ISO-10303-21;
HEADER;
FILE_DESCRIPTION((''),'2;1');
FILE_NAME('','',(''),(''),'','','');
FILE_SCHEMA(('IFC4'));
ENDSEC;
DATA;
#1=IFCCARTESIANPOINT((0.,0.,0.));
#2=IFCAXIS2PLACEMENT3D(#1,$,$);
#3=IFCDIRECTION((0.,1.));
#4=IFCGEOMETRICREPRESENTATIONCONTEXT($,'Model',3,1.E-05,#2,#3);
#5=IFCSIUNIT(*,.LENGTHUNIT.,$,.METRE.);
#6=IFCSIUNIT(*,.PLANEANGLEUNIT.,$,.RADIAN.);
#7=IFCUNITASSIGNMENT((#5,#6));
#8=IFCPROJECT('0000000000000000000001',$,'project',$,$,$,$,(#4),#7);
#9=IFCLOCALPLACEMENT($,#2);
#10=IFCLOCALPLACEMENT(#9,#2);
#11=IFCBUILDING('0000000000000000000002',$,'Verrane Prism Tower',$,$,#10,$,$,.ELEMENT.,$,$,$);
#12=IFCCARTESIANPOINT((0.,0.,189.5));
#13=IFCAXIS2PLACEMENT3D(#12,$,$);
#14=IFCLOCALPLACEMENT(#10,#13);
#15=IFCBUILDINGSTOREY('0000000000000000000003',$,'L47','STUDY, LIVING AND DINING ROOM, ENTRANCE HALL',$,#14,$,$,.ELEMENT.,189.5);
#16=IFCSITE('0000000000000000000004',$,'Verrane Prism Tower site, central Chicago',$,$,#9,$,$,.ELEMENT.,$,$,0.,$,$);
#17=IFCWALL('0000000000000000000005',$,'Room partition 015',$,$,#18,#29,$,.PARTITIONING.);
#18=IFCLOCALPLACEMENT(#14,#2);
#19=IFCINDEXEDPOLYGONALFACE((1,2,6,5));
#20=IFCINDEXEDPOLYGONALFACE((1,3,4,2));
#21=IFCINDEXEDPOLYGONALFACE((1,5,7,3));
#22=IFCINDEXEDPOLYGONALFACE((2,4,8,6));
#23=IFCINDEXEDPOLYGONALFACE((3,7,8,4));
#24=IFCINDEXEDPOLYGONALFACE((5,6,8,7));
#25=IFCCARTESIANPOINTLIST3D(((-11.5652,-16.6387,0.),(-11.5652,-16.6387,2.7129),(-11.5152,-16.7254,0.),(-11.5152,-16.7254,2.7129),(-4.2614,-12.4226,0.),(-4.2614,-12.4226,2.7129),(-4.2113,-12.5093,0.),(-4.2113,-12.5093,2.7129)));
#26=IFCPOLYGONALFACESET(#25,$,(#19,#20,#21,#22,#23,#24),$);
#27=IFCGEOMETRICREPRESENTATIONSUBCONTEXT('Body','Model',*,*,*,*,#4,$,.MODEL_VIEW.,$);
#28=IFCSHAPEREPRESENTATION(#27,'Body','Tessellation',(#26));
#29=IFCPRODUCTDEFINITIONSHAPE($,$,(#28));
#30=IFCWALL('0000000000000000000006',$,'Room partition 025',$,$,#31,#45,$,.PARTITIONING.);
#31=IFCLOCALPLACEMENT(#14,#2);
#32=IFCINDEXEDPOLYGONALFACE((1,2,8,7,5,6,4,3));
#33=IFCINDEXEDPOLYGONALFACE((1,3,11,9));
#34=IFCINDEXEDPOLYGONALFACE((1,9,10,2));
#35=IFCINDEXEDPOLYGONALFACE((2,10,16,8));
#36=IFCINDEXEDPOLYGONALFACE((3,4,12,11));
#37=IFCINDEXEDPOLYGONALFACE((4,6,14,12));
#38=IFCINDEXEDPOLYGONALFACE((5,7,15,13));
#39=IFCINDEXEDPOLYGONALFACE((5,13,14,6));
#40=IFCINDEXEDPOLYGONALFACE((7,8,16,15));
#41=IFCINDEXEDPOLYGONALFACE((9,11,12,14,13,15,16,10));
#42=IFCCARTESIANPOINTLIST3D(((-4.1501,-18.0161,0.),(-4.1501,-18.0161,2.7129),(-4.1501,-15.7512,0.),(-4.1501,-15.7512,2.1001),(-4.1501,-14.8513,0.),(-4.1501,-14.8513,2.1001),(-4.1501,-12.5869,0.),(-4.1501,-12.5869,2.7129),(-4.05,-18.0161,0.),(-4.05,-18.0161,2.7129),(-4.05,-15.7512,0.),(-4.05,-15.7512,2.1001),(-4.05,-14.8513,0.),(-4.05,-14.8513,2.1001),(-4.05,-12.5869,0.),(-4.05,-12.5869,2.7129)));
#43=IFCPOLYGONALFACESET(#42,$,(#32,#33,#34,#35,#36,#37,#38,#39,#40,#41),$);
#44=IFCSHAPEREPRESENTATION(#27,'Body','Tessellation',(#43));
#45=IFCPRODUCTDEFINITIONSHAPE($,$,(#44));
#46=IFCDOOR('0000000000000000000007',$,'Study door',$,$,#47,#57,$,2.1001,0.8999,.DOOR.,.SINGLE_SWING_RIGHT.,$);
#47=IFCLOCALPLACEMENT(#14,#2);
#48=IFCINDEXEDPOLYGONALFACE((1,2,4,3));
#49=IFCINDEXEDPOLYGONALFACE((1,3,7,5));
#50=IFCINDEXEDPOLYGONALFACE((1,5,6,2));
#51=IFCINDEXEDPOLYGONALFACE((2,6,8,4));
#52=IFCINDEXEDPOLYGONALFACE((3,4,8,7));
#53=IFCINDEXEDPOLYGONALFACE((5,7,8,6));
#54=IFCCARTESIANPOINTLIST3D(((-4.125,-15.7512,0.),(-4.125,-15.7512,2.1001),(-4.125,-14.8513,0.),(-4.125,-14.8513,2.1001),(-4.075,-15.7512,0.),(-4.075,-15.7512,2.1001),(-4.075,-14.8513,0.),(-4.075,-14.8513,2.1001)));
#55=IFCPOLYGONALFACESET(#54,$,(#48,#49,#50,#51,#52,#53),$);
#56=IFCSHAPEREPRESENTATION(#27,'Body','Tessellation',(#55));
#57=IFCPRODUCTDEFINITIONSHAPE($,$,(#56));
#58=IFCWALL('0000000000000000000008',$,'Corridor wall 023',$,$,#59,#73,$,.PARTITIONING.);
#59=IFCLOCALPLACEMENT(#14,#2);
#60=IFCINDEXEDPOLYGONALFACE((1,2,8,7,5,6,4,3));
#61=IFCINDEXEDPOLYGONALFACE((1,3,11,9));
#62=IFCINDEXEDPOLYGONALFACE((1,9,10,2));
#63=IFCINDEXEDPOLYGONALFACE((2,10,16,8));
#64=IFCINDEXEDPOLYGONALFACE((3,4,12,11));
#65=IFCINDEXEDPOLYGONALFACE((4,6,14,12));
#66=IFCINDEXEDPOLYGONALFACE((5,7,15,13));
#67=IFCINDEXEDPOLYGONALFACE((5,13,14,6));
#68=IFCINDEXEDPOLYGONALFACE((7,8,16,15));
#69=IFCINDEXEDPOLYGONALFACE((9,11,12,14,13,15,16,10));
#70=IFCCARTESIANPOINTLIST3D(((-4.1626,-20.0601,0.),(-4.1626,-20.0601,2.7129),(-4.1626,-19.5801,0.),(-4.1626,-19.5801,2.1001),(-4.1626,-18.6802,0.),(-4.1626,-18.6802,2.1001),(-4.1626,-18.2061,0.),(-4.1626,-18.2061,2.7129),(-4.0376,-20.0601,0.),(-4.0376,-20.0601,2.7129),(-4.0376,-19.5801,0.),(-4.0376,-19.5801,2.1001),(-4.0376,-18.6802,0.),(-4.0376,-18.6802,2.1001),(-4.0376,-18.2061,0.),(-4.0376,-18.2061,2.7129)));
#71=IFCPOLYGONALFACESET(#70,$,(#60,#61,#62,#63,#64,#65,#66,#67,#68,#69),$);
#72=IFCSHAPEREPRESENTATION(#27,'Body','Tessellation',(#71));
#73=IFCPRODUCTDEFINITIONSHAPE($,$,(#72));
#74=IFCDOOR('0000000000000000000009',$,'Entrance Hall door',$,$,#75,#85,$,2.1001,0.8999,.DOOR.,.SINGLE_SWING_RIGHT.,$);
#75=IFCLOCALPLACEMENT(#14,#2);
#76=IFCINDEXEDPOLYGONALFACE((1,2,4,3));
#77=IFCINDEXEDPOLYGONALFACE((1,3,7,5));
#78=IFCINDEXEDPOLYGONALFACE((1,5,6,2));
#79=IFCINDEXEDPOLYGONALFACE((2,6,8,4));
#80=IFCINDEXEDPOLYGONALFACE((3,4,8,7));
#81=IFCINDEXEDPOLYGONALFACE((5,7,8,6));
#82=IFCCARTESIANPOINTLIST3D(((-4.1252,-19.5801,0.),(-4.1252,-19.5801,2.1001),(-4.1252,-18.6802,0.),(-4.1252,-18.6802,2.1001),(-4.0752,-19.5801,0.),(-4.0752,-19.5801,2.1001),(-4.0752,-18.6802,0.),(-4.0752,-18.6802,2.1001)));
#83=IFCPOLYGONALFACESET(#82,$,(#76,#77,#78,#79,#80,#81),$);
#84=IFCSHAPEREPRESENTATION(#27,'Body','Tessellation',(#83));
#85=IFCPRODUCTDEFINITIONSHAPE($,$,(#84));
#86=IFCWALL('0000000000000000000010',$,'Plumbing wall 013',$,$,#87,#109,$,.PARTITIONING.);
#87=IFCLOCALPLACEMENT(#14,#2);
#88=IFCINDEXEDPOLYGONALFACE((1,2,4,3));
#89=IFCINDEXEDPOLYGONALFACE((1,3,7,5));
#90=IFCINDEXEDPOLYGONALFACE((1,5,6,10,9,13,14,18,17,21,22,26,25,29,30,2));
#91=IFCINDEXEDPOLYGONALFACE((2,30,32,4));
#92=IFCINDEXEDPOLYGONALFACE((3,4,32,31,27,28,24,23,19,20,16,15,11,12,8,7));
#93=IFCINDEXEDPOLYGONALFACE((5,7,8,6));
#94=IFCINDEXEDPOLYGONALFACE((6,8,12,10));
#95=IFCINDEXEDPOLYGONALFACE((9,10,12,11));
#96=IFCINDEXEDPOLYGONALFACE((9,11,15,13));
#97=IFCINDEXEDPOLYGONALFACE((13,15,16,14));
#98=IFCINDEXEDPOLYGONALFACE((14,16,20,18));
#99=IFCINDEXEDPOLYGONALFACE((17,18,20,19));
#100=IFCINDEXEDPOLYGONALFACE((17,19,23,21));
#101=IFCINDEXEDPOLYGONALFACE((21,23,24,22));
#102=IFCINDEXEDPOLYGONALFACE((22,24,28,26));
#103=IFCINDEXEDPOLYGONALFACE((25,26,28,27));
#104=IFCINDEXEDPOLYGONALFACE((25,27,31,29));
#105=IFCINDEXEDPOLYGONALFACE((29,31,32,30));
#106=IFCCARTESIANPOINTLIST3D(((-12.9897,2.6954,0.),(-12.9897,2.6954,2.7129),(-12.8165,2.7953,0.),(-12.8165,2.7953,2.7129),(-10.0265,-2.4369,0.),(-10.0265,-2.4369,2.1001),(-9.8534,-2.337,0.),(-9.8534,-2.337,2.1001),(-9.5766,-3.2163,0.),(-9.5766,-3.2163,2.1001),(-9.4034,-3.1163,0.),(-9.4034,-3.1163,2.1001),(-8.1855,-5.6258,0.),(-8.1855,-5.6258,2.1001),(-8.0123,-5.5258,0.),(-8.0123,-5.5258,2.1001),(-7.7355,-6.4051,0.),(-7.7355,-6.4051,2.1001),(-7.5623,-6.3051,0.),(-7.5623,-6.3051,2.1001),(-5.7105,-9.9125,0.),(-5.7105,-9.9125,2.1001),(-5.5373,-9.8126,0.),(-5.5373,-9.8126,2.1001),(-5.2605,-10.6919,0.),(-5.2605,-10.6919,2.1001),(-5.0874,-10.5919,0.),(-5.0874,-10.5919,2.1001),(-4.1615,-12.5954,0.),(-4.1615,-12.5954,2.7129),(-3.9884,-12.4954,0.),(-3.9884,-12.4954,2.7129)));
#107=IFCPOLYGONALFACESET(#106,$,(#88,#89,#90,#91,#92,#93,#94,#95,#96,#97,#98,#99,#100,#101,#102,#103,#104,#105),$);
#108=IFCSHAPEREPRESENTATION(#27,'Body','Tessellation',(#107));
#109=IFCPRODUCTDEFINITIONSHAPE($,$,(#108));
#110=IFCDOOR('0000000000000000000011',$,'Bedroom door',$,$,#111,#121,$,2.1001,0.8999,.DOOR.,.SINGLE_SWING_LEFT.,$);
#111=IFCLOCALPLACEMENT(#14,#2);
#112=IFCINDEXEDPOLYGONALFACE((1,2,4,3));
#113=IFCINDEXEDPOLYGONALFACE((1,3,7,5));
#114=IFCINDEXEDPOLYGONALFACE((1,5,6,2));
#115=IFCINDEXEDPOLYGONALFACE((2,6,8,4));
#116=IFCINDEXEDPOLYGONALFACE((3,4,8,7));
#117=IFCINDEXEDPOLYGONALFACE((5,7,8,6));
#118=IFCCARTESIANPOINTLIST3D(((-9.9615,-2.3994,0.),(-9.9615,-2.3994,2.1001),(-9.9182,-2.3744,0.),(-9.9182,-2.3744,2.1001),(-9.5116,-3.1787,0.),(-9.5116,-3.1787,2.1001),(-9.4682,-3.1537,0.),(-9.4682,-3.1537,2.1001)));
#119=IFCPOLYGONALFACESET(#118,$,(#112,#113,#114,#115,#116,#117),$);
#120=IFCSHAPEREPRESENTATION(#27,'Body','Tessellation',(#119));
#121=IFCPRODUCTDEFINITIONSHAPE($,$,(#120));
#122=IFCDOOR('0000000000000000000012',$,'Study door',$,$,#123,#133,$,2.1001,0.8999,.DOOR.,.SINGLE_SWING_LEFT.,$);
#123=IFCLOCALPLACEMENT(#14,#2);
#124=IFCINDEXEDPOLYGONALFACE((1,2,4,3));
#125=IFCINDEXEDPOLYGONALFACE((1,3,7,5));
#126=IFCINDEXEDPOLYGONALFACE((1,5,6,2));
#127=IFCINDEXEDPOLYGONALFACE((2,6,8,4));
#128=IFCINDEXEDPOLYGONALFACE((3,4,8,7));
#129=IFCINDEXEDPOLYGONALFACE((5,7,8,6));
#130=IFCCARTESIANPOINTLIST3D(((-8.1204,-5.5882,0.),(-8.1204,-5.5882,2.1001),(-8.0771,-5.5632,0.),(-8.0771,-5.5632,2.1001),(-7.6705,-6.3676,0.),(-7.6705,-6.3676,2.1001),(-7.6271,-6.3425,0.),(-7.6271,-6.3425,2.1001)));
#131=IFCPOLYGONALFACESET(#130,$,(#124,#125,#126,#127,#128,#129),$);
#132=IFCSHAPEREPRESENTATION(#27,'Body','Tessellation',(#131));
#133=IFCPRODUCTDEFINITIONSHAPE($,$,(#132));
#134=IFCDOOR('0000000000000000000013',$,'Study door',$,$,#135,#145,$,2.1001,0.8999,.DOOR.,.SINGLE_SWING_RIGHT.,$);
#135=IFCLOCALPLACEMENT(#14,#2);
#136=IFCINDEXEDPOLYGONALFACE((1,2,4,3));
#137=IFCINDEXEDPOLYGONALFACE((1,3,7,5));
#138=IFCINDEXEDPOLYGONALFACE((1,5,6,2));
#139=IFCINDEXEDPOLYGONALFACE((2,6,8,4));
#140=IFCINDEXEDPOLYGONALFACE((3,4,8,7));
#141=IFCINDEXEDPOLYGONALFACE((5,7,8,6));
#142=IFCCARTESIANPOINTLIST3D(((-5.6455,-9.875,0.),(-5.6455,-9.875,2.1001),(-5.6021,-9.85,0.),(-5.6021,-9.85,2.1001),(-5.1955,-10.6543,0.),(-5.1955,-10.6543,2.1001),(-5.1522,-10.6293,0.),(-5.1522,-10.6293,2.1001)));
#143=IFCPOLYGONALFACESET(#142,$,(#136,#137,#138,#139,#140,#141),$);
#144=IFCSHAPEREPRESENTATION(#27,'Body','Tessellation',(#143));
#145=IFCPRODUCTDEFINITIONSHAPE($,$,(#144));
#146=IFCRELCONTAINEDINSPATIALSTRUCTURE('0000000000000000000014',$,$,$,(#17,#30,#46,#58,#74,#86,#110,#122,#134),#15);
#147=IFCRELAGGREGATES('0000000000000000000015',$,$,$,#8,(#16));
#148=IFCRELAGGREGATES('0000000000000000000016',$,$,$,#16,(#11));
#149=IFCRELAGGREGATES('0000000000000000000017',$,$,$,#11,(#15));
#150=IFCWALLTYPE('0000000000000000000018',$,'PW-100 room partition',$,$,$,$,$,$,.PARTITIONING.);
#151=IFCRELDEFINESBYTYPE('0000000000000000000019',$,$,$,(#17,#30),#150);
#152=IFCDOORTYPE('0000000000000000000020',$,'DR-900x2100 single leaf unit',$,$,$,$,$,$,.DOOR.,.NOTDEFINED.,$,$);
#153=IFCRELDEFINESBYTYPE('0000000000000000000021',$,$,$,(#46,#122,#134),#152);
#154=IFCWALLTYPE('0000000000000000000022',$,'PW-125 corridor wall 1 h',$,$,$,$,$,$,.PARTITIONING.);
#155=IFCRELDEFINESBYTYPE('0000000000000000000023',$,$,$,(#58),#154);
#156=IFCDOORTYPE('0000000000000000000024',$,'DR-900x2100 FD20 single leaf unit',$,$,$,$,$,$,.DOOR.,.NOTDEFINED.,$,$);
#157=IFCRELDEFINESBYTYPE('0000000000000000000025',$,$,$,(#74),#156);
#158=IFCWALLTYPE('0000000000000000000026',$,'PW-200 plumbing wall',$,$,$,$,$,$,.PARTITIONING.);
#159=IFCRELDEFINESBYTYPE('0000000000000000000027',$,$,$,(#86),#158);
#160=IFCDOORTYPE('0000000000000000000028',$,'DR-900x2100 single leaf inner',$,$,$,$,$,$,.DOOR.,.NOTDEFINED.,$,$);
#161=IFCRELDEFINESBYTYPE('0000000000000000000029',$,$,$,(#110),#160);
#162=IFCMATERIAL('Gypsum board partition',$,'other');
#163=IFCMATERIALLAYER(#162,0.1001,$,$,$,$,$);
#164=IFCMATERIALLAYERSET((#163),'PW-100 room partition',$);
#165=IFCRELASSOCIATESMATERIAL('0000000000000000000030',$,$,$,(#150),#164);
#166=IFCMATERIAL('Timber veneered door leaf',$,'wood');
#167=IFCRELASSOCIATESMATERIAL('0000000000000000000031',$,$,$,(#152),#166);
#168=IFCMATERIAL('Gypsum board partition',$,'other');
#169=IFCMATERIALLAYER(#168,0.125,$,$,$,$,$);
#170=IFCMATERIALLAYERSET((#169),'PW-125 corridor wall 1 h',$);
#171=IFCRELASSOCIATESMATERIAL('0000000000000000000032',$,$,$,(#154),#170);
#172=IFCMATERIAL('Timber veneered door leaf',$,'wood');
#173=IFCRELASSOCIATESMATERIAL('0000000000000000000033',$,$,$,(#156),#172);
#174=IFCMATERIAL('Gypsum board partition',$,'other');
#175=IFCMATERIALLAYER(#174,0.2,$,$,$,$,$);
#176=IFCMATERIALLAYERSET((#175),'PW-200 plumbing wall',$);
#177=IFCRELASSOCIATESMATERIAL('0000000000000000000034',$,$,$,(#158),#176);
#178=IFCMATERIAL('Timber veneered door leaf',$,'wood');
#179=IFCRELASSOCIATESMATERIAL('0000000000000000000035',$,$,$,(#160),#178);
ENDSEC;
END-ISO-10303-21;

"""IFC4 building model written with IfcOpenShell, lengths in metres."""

from ifc_helpers import new_model, si_unit, direction, frame, frame_2d, origin, place, context, subcontext, project, spatial, rectangle, extrude, material, layer, layer_set, type_object, element, fill, save


model = new_model("IFC4")

# Units and contexts
model_context = context("Model", 3, precision=1e-05, world=origin(), true_north=direction((0.0, 1.0)))
body_context = subcontext(model_context, "Body", "Model", "MODEL_VIEW")
ifc_project = project(units=[si_unit("LENGTHUNIT", "METRE"), si_unit("PLANEANGLEUNIT", "RADIAN")], contexts=[model_context])

# Site, building, storey
site_placement = place(None, origin())
site = spatial("IfcSite", under=ifc_project, at=site_placement, Name="Verrane Prism Tower site, central Chicago", CompositionType="ELEMENT", RefElevation=0.0)
building_placement = place(site_placement, origin())
building = spatial("IfcBuilding", under=site, at=building_placement, Name="Verrane Prism Tower", CompositionType="ELEMENT")
storey_placement = place(building_placement, frame((0.0, 0.0, 189.5)))
storey = spatial("IfcBuildingStorey", under=building, at=storey_placement, Name="L47", Description="STUDY, LIVING AND DINING ROOM, ENTRANCE HALL", CompositionType="ELEMENT", Elevation=189.5)

# Wall
ifc_material_1 = material(Name="Gypsum board partition", Category="other")
ifc_layer_1 = layer(ifc_material_1, 0.1001)
ifc_layer_set_1 = layer_set([ifc_layer_1], Name="PW-100 room partition")
wall_type_1 = type_object("IfcWallType", Name="PW-100 room partition", PredefinedType="PARTITIONING", material=ifc_layer_set_1)
wall_1_placement = place(storey_placement, frame((-11.5403, -16.6821, 0.0), z_axis=(0.0, 0.0, 1.0), x_axis=(0.866063, 0.499935, 0.0)))
element("IfcWall", 1, at=wall_1_placement, inside=storey, type_object=wall_type_1, Name="Room partition 015", PredefinedType="PARTITIONING", context=body_context, shape_type="SweptSolid", body=[
    extrude(rectangle(XDim=8.4333, YDim=0.1001, at=frame_2d((4.2168, 0.0))), origin(), (0.0, 0.0, 1.0), 2.7129),
])

# Walls, openings, doors
wall_2_placement = place(storey_placement, frame((-4.1001, -18.0161, 0.0), z_axis=(0.0, 0.0, 1.0), x_axis=(0.0, 1.0, 0.0)))
wall_2 = element("IfcWall", 2, at=wall_2_placement, inside=storey, type_object=wall_type_1, Name="Room partition 025", PredefinedType="PARTITIONING", context=body_context, shape_type="SweptSolid", body=[
    extrude(rectangle(XDim=5.4292, YDim=0.1001, at=frame_2d((2.7146, 0.0))), origin(), (0.0, 0.0, 1.0), 2.7129),
])
opening_1_placement = place(wall_2_placement, frame((2.2649, 0.0, 0.0)))
opening_1 = element("IfcOpeningElement", 3, at=opening_1_placement, cuts=wall_2, PredefinedType="OPENING", context=body_context, shape_type="SweptSolid", body=[
    extrude(rectangle(XDim=0.8999, YDim=2.1001, at=frame_2d((0.45, 1.05))), frame((0.0, 0.0601, 0.0), z_axis=(0.0, -1.0, 0.0), x_axis=(1.0, 0.0, 0.0)), (0.0, 0.0, 1.0), 0.1201),
])
ifc_material_2 = material(Name="Timber veneered door leaf", Category="wood")
door_type_1 = type_object("IfcDoorType", Name="DR-900x2100 single leaf unit", OperationType="NOTDEFINED", PredefinedType="DOOR", material=ifc_material_2)
door_1_placement = place(opening_1_placement, origin())
door_1 = element("IfcDoor", 4, at=door_1_placement, inside=storey, type_object=door_type_1, Name="Study door", OperationType="SINGLE_SWING_RIGHT", OverallHeight=2.1001, OverallWidth=0.8999, PredefinedType="DOOR", context=body_context, shape_type="SweptSolid", body=[
    extrude(rectangle(XDim=0.8999, YDim=2.1001, at=frame_2d((0.45, 1.05))), frame((0.0, 0.0249, 0.0), z_axis=(0.0, -1.0, 0.0), x_axis=(1.0, 0.0, 0.0)), (0.0, 0.0, 1.0), 0.05),
])
fill(opening_1, door_1)
ifc_material_3 = material(Name="Gypsum board partition", Category="other")
ifc_layer_2 = layer(ifc_material_3, 0.125)
ifc_layer_set_2 = layer_set([ifc_layer_2], Name="PW-125 corridor wall 1 h")
wall_type_2 = type_object("IfcWallType", Name="PW-125 corridor wall 1 h", PredefinedType="PARTITIONING", material=ifc_layer_set_2)
wall_3_placement = place(storey_placement, frame((-4.1001, -18.2061, 0.0), z_axis=(0.0, 0.0, 1.0), x_axis=(0.0, -1.0, 0.0)))
wall_3 = element("IfcWall", 5, at=wall_3_placement, inside=storey, type_object=wall_type_2, Name="Corridor wall 023", PredefinedType="PARTITIONING", context=body_context, shape_type="SweptSolid", body=[
    extrude(rectangle(XDim=1.854, YDim=0.125, at=frame_2d((0.927, 0.0))), origin(), (0.0, 0.0, 1.0), 2.7129),
])
opening_2_placement = place(wall_3_placement, frame((0.4741, 0.0, 0.0)))
opening_2 = element("IfcOpeningElement", 6, at=opening_2_placement, cuts=wall_3, PredefinedType="OPENING", context=body_context, shape_type="SweptSolid", body=[
    extrude(rectangle(XDim=0.8999, YDim=2.1001, at=frame_2d((0.45, 1.05))), frame((0.0, 0.0725, 0.0), z_axis=(0.0, -1.0, 0.0), x_axis=(1.0, 0.0, 0.0)), (0.0, 0.0, 1.0), 0.145),
])
ifc_material_4 = material(Name="Timber veneered door leaf", Category="wood")
door_type_2 = type_object("IfcDoorType", Name="DR-900x2100 FD20 single leaf unit", OperationType="NOTDEFINED", PredefinedType="DOOR", material=ifc_material_4)
door_2_placement = place(opening_2_placement, origin())
door_2 = element("IfcDoor", 7, at=door_2_placement, inside=storey, type_object=door_type_2, Name="Entrance Hall door", OperationType="SINGLE_SWING_RIGHT", OverallHeight=2.1001, OverallWidth=0.8999, PredefinedType="DOOR", context=body_context, shape_type="SweptSolid", body=[
    extrude(rectangle(XDim=0.8999, YDim=2.1001, at=frame_2d((0.45, 1.05))), frame((0.0, 0.0249, 0.0), z_axis=(0.0, -1.0, 0.0), x_axis=(1.0, 0.0, 0.0)), (0.0, 0.0, 1.0), 0.05),
])
fill(opening_2, door_2)

# Wall, openings, doors
ifc_material_5 = material(Name="Gypsum board partition", Category="other")
ifc_layer_3 = layer(ifc_material_5, 0.2)
ifc_layer_set_3 = layer_set([ifc_layer_3], Name="PW-200 plumbing wall")
wall_type_3 = type_object("IfcWallType", Name="PW-200 plumbing wall", PredefinedType="PARTITIONING", material=ifc_layer_set_3)
wall_4_placement = place(storey_placement, frame((-4.075, -12.5454, 0.0), z_axis=(0.0, 0.0, 1.0), x_axis=(-0.5, 0.866026, 0.0)))
wall_4 = element("IfcWall", 8, at=wall_4_placement, inside=storey, type_object=wall_type_3, Name="Plumbing wall 013", PredefinedType="PARTITIONING", context=body_context, shape_type="SweptSolid", body=[
    extrude(rectangle(XDim=17.6562, YDim=0.2, at=frame_2d((8.8281, 0.0))), origin(), (0.0, 0.0, 1.0), 2.7129),
])
opening_3_placement = place(wall_4_placement, frame((10.8301, 0.0, 0.0)))
opening_3 = element("IfcOpeningElement", 9, at=opening_3_placement, cuts=wall_4, PredefinedType="OPENING", context=body_context, shape_type="SweptSolid", body=[
    extrude(rectangle(XDim=0.8999, YDim=2.1001, at=frame_2d((0.45, 1.05))), frame((0.0, 0.1099, 0.0), z_axis=(0.0, -1.0, 0.0), x_axis=(1.0, 0.0, 0.0)), (0.0, 0.0, 1.0), 0.22),
])
opening_4_placement = place(wall_4_placement, frame((7.1479, 0.0, 0.0)))
opening_4 = element("IfcOpeningElement", 10, at=opening_4_placement, cuts=wall_4, PredefinedType="OPENING", context=body_context, shape_type="SweptSolid", body=[
    extrude(rectangle(XDim=0.8999, YDim=2.1001, at=frame_2d((0.45, 1.05))), frame((0.0, 0.1099, 0.0), z_axis=(0.0, -1.0, 0.0), x_axis=(1.0, 0.0, 0.0)), (0.0, 0.0, 1.0), 0.22),
])
opening_5_placement = place(wall_4_placement, frame((2.198, 0.0, 0.0)))
opening_5 = element("IfcOpeningElement", 11, at=opening_5_placement, cuts=wall_4, PredefinedType="OPENING", context=body_context, shape_type="SweptSolid", body=[
    extrude(rectangle(XDim=0.8999, YDim=2.1001, at=frame_2d((0.45, 1.05))), frame((0.0, 0.1099, 0.0), z_axis=(0.0, -1.0, 0.0), x_axis=(1.0, 0.0, 0.0)), (0.0, 0.0, 1.0), 0.22),
])
ifc_material_6 = material(Name="Timber veneered door leaf", Category="wood")
door_type_3 = type_object("IfcDoorType", Name="DR-900x2100 single leaf inner", OperationType="NOTDEFINED", PredefinedType="DOOR", material=ifc_material_6)
door_3_placement = place(opening_3_placement, origin())
door_3 = element("IfcDoor", 12, at=door_3_placement, inside=storey, type_object=door_type_3, Name="Bedroom door", OperationType="SINGLE_SWING_LEFT", OverallHeight=2.1001, OverallWidth=0.8999, PredefinedType="DOOR", context=body_context, shape_type="SweptSolid", body=[
    extrude(rectangle(XDim=0.8999, YDim=2.1001, at=frame_2d((0.45, 1.05))), frame((0.0, 0.0249, 0.0), z_axis=(0.0, -1.0, 0.0), x_axis=(1.0, 0.0, 0.0)), (0.0, 0.0, 1.0), 0.05),
])
fill(opening_3, door_3)
door_4_placement = place(opening_4_placement, origin())
door_4 = element("IfcDoor", 13, at=door_4_placement, inside=storey, type_object=door_type_1, Name="Study door", OperationType="SINGLE_SWING_LEFT", OverallHeight=2.1001, OverallWidth=0.8999, PredefinedType="DOOR", context=body_context, shape_type="SweptSolid", body=[
    extrude(rectangle(XDim=0.8999, YDim=2.1001, at=frame_2d((0.45, 1.05))), frame((0.0, 0.0249, 0.0), z_axis=(0.0, -1.0, 0.0), x_axis=(1.0, 0.0, 0.0)), (0.0, 0.0, 1.0), 0.05),
])
fill(opening_4, door_4)
door_5_placement = place(opening_5_placement, origin())
door_5 = element("IfcDoor", 14, at=door_5_placement, inside=storey, type_object=door_type_1, Name="Study door", OperationType="SINGLE_SWING_RIGHT", OverallHeight=2.1001, OverallWidth=0.8999, PredefinedType="DOOR", context=body_context, shape_type="SweptSolid", body=[
    extrude(rectangle(XDim=0.8999, YDim=2.1001, at=frame_2d((0.45, 1.05))), frame((0.0, 0.0249, 0.0), z_axis=(0.0, -1.0, 0.0), x_axis=(1.0, 0.0, 0.0)), (0.0, 0.0, 1.0), 0.05),
])
fill(opening_5, door_5)

save(model, "model.ifc")
